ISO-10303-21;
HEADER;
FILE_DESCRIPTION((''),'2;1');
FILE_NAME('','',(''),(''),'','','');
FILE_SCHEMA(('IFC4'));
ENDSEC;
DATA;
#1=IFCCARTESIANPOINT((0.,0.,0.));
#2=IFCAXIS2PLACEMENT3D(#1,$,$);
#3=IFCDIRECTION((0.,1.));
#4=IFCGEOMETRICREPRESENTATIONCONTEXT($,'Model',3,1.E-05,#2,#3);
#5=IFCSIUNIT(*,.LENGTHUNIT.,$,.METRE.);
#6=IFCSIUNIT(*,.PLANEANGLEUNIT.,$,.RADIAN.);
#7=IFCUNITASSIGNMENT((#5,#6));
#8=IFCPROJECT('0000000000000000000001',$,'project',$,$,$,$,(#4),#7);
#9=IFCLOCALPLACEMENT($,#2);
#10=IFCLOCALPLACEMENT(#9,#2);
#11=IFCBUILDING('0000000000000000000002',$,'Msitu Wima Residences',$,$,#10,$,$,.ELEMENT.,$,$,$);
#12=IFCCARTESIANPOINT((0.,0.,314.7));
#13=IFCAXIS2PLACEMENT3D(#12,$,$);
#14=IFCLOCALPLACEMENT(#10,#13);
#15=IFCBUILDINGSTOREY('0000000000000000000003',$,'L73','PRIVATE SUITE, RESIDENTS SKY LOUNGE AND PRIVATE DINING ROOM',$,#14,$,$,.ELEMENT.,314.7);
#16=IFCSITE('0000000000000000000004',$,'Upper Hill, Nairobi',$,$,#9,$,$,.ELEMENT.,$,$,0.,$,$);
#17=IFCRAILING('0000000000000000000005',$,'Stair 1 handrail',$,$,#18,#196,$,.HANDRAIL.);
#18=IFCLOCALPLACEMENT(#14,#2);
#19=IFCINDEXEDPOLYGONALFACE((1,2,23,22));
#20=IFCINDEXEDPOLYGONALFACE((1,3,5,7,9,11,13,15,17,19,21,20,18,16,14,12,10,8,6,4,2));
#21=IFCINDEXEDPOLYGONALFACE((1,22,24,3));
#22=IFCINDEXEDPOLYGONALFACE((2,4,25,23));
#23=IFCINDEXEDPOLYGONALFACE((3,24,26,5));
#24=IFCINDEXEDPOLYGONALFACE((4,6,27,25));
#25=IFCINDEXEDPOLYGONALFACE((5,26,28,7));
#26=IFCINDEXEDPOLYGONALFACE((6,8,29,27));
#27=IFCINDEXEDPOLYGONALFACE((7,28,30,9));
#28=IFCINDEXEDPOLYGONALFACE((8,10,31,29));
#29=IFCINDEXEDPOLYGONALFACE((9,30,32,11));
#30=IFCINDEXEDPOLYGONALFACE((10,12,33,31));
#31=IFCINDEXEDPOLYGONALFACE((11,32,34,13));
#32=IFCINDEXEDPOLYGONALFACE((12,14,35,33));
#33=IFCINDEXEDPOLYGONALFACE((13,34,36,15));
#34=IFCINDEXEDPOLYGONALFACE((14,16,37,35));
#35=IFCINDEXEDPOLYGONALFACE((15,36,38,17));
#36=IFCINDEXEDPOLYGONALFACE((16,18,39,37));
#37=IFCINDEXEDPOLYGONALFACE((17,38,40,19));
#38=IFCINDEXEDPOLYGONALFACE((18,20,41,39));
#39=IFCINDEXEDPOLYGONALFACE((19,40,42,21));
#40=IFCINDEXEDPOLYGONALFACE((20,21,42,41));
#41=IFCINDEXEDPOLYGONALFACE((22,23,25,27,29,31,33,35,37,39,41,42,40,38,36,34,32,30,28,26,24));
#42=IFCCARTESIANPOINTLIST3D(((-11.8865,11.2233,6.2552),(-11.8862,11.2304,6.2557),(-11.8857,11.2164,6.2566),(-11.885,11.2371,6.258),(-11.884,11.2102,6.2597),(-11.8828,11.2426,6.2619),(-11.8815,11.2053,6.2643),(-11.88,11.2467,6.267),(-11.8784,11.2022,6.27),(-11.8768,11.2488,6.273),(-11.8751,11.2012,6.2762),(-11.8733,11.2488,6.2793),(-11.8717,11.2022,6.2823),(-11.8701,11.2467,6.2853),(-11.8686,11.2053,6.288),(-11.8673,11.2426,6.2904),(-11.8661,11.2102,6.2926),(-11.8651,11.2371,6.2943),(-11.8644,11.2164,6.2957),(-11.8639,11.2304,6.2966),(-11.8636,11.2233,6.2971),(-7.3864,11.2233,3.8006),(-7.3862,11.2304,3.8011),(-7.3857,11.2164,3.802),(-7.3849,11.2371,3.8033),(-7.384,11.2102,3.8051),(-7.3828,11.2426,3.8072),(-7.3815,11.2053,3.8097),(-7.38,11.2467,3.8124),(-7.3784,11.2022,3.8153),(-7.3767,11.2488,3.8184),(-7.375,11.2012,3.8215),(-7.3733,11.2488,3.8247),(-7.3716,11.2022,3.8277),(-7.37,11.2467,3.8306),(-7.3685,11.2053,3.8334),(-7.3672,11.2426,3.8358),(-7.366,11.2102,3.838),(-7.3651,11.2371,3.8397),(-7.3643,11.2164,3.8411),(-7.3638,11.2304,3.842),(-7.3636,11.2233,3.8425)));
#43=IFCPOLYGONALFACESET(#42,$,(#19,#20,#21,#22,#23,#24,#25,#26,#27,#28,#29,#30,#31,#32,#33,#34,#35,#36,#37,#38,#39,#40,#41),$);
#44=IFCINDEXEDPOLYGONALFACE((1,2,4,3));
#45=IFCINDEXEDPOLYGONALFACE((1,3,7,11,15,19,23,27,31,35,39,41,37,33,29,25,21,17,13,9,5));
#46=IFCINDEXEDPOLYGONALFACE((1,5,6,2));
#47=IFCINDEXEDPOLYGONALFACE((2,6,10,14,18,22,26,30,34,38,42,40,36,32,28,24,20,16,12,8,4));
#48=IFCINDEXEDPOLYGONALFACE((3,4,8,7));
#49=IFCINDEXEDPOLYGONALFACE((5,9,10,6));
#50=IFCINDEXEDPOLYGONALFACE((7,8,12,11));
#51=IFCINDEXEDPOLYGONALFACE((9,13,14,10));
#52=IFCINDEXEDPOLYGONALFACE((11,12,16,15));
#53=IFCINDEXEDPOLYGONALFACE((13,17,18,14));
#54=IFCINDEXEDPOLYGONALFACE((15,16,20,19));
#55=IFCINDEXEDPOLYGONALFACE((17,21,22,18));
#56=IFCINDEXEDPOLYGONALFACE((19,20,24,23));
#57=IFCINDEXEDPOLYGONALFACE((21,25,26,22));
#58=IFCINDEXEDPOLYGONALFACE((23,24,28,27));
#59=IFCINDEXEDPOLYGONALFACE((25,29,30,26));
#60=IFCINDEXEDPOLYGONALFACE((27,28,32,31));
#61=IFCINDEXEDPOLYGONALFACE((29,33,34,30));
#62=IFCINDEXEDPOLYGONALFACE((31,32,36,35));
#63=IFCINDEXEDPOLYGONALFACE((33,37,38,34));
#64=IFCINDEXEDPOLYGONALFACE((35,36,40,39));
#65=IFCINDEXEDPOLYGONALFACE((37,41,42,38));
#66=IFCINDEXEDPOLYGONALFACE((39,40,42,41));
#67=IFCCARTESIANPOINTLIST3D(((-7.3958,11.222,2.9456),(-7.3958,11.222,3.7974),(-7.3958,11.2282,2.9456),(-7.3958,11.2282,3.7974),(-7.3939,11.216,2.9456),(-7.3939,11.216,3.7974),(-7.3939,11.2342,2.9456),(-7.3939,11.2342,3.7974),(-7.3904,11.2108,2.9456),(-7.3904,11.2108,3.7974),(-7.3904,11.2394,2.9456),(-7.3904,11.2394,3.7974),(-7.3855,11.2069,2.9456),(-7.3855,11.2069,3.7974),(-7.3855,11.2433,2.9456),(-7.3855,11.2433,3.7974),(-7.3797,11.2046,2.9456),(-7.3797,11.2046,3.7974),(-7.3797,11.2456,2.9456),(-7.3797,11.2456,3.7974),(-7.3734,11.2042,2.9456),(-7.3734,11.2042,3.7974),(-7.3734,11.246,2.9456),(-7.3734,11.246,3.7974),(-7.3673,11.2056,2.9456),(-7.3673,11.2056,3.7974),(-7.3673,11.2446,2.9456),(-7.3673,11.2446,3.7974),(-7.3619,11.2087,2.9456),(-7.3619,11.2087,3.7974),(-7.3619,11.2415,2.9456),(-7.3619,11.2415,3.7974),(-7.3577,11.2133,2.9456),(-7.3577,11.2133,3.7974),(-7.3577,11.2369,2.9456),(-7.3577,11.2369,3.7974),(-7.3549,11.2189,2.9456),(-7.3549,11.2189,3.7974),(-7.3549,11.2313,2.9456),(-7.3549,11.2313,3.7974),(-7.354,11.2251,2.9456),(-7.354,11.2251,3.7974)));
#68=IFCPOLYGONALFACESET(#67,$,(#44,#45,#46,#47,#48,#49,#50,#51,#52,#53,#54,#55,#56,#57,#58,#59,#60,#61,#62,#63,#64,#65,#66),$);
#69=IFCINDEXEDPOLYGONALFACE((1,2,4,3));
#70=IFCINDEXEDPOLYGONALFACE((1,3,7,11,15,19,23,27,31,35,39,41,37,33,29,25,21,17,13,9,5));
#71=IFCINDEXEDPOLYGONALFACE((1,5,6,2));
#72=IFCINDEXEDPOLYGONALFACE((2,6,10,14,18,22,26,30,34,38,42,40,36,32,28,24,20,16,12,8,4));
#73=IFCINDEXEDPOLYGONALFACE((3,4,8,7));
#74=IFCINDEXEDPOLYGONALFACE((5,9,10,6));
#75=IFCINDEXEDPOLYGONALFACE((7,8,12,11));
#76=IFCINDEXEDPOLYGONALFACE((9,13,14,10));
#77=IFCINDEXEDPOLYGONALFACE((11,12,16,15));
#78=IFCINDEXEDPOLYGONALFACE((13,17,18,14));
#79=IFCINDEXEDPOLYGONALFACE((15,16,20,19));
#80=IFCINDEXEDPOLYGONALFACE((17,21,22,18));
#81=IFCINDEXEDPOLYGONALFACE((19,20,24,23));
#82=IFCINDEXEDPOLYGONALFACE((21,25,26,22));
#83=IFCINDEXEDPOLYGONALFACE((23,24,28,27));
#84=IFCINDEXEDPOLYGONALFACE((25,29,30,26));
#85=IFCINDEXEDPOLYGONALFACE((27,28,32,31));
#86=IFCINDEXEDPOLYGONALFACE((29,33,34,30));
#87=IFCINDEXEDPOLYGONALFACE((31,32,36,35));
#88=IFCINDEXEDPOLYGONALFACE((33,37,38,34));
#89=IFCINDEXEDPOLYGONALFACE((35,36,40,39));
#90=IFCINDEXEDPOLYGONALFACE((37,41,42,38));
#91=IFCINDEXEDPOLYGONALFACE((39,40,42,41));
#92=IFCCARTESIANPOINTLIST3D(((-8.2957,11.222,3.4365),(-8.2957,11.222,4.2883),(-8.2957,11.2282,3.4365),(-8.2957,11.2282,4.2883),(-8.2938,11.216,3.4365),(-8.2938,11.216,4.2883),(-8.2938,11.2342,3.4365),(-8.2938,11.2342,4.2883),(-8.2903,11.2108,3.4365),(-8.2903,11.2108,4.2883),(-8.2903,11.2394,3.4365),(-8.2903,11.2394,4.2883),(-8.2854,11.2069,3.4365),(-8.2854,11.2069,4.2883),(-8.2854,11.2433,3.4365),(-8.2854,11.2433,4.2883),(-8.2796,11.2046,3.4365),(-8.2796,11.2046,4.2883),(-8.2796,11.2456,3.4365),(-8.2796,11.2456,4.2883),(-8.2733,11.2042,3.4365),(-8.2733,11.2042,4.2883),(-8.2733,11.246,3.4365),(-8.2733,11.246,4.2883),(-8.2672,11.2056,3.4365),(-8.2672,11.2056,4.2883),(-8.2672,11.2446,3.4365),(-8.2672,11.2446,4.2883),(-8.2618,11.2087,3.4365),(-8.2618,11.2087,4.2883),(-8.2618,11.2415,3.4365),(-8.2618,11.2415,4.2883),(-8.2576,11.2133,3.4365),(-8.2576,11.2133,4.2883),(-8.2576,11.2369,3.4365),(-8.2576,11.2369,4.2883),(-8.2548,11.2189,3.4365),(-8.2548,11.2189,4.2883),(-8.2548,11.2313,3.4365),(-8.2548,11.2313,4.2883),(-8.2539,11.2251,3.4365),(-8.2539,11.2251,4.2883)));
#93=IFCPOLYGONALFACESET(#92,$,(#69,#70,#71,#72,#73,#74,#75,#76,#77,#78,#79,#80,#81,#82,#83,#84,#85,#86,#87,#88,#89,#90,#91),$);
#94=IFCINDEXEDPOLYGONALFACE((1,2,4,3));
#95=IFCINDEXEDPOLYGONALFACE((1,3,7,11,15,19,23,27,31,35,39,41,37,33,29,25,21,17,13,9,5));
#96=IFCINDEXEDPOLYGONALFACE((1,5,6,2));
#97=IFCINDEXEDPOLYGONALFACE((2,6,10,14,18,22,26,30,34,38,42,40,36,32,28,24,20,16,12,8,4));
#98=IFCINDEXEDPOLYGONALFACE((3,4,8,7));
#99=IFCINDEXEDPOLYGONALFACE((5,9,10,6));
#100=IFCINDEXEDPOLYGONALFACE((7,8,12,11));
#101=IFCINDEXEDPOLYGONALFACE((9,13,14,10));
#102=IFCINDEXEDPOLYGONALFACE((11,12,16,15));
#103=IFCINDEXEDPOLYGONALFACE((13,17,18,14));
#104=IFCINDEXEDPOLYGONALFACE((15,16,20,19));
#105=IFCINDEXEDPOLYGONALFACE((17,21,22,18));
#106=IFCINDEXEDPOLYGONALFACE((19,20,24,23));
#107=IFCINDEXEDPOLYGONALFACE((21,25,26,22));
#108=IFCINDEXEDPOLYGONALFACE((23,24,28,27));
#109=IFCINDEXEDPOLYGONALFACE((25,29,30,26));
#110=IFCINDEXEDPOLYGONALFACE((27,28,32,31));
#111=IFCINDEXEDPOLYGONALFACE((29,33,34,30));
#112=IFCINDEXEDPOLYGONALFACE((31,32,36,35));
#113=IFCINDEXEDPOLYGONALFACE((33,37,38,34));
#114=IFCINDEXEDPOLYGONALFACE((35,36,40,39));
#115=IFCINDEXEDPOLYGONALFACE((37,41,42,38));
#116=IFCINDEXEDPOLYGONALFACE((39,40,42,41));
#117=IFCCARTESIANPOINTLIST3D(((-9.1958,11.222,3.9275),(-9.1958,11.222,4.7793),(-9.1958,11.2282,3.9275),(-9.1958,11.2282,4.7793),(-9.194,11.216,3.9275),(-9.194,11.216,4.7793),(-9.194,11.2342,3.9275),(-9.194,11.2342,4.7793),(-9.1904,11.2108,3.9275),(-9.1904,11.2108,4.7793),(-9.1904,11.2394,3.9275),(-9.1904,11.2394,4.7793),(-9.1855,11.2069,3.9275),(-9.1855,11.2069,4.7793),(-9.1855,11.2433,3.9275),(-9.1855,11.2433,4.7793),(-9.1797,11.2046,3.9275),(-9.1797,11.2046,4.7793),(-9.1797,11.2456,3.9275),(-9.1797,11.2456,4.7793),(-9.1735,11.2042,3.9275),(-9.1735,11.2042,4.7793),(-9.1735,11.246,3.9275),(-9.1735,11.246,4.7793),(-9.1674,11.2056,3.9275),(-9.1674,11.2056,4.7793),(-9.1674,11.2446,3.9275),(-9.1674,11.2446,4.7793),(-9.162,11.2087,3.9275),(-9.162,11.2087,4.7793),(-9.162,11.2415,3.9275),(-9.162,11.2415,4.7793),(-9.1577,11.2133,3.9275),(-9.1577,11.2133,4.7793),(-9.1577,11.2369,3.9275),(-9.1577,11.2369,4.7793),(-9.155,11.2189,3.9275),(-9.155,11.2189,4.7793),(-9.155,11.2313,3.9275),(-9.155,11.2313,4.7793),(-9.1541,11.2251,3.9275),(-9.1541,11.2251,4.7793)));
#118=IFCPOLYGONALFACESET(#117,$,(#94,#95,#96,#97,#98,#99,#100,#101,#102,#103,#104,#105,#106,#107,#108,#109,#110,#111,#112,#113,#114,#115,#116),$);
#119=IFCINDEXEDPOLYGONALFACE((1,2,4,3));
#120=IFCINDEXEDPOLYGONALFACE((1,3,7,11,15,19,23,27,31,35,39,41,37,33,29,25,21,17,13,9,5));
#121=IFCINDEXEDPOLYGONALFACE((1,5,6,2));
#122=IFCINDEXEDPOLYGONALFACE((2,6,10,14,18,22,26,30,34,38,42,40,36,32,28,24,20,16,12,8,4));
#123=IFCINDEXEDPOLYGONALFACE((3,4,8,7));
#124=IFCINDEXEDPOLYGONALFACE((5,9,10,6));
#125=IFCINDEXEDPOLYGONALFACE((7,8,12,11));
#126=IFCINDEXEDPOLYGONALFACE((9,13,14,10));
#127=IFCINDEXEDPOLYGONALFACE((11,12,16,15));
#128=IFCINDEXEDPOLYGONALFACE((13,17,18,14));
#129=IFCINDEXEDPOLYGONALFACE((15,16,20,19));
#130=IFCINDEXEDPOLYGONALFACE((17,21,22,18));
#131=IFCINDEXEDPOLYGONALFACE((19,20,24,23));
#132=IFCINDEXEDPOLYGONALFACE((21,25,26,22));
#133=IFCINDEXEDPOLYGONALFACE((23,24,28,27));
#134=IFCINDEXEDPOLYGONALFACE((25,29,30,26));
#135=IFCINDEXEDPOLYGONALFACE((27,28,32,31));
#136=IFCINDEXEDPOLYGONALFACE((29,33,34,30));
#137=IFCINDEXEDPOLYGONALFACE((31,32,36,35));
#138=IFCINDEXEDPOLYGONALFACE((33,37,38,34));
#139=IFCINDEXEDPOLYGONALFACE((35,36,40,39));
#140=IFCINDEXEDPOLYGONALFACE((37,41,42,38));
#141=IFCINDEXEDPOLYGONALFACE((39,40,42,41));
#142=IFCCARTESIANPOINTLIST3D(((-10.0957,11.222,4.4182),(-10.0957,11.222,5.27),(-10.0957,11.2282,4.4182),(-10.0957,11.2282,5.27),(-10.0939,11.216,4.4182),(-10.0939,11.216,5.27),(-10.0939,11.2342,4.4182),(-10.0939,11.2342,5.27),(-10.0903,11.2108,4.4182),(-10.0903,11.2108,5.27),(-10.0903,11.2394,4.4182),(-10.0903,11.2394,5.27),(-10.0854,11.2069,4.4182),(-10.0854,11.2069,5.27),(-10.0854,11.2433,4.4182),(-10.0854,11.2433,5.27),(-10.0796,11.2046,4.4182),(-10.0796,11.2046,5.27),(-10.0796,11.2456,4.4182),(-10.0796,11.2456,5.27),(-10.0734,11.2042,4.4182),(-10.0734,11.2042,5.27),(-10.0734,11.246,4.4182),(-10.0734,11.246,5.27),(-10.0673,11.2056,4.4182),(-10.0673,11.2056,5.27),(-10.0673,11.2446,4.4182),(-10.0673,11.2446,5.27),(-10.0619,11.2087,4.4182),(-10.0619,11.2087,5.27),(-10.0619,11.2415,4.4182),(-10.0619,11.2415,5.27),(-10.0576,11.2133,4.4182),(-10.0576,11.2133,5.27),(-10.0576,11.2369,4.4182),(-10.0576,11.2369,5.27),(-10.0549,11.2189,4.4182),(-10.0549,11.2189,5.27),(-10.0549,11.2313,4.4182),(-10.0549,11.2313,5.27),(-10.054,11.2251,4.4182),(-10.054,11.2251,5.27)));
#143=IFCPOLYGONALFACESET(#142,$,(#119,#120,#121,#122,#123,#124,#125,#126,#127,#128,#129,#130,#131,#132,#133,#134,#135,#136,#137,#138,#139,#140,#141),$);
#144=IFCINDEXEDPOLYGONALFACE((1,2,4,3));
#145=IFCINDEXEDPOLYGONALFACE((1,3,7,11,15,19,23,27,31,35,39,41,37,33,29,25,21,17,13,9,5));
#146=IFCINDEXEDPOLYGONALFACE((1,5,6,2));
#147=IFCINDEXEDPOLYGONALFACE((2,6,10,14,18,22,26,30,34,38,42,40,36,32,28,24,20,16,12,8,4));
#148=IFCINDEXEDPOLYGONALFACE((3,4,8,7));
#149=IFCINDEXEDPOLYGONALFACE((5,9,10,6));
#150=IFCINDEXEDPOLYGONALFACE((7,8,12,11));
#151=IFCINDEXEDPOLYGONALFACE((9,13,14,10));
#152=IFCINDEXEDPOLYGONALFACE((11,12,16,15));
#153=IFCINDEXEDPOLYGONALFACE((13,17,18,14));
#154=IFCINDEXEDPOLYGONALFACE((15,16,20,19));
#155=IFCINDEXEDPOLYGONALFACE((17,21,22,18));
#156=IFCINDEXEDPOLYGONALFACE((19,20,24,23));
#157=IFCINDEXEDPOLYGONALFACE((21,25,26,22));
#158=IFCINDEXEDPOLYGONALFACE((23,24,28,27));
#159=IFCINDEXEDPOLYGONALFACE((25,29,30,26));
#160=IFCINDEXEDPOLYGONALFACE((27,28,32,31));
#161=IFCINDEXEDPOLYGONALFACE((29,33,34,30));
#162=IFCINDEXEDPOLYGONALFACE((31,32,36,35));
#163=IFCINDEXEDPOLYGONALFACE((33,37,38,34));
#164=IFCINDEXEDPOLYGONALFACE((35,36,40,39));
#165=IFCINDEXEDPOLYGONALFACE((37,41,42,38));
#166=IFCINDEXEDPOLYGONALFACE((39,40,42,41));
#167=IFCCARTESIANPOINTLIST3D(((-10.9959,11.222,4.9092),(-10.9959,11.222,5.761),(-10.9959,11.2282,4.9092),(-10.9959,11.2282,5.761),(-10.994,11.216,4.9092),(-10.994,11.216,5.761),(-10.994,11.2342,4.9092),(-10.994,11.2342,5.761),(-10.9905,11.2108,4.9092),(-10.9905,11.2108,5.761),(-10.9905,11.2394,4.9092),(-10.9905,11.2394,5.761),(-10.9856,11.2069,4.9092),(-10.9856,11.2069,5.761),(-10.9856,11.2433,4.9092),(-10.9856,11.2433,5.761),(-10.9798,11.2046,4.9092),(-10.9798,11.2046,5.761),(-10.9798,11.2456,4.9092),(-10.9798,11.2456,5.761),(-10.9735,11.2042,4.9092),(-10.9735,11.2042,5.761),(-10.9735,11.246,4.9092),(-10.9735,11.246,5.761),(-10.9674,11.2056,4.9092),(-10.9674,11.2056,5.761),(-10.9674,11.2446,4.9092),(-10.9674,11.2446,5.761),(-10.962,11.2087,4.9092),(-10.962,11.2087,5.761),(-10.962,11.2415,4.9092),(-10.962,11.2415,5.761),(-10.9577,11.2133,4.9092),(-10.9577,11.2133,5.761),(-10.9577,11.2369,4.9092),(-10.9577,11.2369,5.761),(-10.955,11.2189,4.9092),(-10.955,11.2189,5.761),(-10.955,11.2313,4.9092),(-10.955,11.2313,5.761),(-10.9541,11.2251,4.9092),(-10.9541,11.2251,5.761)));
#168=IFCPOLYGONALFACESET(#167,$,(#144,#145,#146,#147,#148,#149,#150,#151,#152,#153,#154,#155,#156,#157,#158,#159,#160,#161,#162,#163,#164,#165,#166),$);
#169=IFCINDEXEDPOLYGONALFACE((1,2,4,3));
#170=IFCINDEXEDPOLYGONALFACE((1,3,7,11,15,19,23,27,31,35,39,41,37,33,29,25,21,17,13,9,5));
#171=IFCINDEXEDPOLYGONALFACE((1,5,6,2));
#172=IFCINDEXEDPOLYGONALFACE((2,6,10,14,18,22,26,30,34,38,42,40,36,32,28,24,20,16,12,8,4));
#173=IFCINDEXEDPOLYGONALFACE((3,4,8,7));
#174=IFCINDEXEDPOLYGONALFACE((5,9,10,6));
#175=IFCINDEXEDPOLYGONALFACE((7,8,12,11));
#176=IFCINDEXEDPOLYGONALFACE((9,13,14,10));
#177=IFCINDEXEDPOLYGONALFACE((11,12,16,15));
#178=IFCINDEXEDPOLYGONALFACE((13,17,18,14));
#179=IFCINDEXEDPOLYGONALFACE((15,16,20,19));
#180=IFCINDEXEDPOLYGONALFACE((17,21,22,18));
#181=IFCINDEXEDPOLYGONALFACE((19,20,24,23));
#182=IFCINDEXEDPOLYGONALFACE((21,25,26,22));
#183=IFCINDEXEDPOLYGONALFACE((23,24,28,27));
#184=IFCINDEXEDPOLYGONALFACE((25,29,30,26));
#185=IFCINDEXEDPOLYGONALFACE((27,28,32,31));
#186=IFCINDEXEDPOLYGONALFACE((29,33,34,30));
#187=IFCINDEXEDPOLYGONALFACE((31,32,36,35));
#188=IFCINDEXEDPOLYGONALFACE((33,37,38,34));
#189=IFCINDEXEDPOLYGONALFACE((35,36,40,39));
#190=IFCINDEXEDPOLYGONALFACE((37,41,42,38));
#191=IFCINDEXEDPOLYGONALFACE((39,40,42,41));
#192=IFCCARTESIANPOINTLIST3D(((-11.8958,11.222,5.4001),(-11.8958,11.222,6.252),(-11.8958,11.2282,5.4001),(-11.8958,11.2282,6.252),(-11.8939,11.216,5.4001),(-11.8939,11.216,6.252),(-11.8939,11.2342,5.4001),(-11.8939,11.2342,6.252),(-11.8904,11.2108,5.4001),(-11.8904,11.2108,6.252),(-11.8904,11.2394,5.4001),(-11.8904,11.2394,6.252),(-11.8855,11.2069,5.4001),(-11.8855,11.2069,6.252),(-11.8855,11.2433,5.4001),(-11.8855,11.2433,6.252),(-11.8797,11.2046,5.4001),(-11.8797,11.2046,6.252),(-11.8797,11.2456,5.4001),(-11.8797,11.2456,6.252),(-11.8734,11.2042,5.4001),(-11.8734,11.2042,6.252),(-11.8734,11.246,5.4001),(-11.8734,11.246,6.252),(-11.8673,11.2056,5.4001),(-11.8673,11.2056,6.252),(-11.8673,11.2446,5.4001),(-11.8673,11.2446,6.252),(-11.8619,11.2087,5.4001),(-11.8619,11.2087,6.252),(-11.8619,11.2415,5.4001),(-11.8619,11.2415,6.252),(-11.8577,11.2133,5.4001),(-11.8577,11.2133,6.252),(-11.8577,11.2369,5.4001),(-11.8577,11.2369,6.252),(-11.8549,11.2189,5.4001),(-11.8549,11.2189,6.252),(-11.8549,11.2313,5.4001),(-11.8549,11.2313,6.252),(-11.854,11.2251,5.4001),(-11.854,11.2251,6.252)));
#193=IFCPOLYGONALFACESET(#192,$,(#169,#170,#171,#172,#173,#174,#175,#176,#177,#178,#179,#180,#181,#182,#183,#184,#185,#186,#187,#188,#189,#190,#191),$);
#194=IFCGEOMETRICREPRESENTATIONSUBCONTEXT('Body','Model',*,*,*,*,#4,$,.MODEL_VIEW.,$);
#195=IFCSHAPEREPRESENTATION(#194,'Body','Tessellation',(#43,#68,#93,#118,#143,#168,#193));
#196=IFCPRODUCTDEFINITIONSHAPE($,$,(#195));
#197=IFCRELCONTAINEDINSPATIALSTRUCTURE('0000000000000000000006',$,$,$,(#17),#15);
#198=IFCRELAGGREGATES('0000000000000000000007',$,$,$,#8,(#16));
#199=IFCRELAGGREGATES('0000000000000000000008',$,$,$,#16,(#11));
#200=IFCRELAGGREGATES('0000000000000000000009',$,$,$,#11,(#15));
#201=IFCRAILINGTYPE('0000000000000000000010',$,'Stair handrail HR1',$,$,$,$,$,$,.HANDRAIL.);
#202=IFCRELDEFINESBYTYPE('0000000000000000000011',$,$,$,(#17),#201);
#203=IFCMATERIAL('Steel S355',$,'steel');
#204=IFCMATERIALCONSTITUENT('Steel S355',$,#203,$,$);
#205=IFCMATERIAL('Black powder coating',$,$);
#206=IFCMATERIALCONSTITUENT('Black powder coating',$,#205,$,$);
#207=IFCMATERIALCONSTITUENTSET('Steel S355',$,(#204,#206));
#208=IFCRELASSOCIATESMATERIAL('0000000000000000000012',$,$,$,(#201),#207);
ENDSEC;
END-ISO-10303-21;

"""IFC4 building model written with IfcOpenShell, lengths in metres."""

from ifc_helpers import new_model, si_unit, direction, frame, origin, origin_2d, place, context, subcontext, project, spatial, circle, extrude, material, constituent, constituent_set, type_object, element, save


model = new_model("IFC4")

# Units and contexts
model_context = context("Model", 3, precision=1e-05, world=origin(), true_north=direction((0.0, 1.0)))
body_context = subcontext(model_context, "Body", "Model", "MODEL_VIEW")
ifc_project = project(units=[si_unit("LENGTHUNIT", "METRE"), si_unit("PLANEANGLEUNIT", "RADIAN")], contexts=[model_context])

# Site, building, storey
site_placement = place(None, origin())
site = spatial("IfcSite", under=ifc_project, at=site_placement, Name="Upper Hill, Nairobi", CompositionType="ELEMENT", RefElevation=0.0)
building_placement = place(site_placement, origin())
building = spatial("IfcBuilding", under=site, at=building_placement, Name="Msitu Wima Residences", CompositionType="ELEMENT")
storey_placement = place(building_placement, frame((0.0, 0.0, 314.7)))
storey = spatial("IfcBuildingStorey", under=building, at=storey_placement, Name="L73", Description="PRIVATE SUITE, RESIDENTS SKY LOUNGE AND PRIVATE DINING ROOM", CompositionType="ELEMENT", Elevation=314.7)

# Railing
ifc_material_1 = material(Name="Steel S355", Category="steel")
ifc_constituent_1 = constituent(ifc_material_1, Name="Steel S355")
ifc_material_2 = material(Name="Black powder coating")
ifc_constituent_2 = constituent(ifc_material_2, Name="Black powder coating")
ifc_constituent_set = constituent_set(constituents=[ifc_constituent_1, ifc_constituent_2], Name="Steel S355")
railing_type = type_object("IfcRailingType", Name="Stair handrail HR1", PredefinedType="HANDRAIL", material=ifc_constituent_set)
for number, where, name in (
    (1, (-7.375, 11.2251, 2.9456), "Stair 1 handrail"),
):
    element("IfcRailing", number, at=place(storey_placement, frame(where)), inside=storey, type_object=railing_type, Name=name, PredefinedType="HANDRAIL", context=body_context, shape_type="SweptSolid", body=[
        extrude(circle(Radius=0.0239, at=origin_2d()), frame((0.0, 0.0, 0.876), z_axis=(-0.877892, 0.0, 0.478859), x_axis=(0.0, -1.0, 0.0)), (0.0, 0.0, 1.0), 5.126),
        extrude(circle(Radius=0.021, at=origin_2d()), origin(), (0.0, 0.0, 1.0), 0.8518),
        extrude(circle(Radius=0.021, at=origin_2d()), frame((-0.8999, 0.0, 0.491)), (0.0, 0.0, 1.0), 0.8518),
        extrude(circle(Radius=0.021, at=origin_2d()), frame((-1.8, 0.0, 0.9819)), (0.0, 0.0, 1.0), 0.8518),
        extrude(circle(Radius=0.021, at=origin_2d()), frame((-2.7, 0.0, 1.4727)), (0.0, 0.0, 1.0), 0.8518),
        extrude(circle(Radius=0.021, at=origin_2d()), frame((-3.6001, 0.0, 1.9636)), (0.0, 0.0, 1.0), 0.8518),
        extrude(circle(Radius=0.021, at=origin_2d()), frame((-4.5, 0.0, 2.4546)), (0.0, 0.0, 1.0), 0.8518),
    ])

save(model, "model.ifc")
